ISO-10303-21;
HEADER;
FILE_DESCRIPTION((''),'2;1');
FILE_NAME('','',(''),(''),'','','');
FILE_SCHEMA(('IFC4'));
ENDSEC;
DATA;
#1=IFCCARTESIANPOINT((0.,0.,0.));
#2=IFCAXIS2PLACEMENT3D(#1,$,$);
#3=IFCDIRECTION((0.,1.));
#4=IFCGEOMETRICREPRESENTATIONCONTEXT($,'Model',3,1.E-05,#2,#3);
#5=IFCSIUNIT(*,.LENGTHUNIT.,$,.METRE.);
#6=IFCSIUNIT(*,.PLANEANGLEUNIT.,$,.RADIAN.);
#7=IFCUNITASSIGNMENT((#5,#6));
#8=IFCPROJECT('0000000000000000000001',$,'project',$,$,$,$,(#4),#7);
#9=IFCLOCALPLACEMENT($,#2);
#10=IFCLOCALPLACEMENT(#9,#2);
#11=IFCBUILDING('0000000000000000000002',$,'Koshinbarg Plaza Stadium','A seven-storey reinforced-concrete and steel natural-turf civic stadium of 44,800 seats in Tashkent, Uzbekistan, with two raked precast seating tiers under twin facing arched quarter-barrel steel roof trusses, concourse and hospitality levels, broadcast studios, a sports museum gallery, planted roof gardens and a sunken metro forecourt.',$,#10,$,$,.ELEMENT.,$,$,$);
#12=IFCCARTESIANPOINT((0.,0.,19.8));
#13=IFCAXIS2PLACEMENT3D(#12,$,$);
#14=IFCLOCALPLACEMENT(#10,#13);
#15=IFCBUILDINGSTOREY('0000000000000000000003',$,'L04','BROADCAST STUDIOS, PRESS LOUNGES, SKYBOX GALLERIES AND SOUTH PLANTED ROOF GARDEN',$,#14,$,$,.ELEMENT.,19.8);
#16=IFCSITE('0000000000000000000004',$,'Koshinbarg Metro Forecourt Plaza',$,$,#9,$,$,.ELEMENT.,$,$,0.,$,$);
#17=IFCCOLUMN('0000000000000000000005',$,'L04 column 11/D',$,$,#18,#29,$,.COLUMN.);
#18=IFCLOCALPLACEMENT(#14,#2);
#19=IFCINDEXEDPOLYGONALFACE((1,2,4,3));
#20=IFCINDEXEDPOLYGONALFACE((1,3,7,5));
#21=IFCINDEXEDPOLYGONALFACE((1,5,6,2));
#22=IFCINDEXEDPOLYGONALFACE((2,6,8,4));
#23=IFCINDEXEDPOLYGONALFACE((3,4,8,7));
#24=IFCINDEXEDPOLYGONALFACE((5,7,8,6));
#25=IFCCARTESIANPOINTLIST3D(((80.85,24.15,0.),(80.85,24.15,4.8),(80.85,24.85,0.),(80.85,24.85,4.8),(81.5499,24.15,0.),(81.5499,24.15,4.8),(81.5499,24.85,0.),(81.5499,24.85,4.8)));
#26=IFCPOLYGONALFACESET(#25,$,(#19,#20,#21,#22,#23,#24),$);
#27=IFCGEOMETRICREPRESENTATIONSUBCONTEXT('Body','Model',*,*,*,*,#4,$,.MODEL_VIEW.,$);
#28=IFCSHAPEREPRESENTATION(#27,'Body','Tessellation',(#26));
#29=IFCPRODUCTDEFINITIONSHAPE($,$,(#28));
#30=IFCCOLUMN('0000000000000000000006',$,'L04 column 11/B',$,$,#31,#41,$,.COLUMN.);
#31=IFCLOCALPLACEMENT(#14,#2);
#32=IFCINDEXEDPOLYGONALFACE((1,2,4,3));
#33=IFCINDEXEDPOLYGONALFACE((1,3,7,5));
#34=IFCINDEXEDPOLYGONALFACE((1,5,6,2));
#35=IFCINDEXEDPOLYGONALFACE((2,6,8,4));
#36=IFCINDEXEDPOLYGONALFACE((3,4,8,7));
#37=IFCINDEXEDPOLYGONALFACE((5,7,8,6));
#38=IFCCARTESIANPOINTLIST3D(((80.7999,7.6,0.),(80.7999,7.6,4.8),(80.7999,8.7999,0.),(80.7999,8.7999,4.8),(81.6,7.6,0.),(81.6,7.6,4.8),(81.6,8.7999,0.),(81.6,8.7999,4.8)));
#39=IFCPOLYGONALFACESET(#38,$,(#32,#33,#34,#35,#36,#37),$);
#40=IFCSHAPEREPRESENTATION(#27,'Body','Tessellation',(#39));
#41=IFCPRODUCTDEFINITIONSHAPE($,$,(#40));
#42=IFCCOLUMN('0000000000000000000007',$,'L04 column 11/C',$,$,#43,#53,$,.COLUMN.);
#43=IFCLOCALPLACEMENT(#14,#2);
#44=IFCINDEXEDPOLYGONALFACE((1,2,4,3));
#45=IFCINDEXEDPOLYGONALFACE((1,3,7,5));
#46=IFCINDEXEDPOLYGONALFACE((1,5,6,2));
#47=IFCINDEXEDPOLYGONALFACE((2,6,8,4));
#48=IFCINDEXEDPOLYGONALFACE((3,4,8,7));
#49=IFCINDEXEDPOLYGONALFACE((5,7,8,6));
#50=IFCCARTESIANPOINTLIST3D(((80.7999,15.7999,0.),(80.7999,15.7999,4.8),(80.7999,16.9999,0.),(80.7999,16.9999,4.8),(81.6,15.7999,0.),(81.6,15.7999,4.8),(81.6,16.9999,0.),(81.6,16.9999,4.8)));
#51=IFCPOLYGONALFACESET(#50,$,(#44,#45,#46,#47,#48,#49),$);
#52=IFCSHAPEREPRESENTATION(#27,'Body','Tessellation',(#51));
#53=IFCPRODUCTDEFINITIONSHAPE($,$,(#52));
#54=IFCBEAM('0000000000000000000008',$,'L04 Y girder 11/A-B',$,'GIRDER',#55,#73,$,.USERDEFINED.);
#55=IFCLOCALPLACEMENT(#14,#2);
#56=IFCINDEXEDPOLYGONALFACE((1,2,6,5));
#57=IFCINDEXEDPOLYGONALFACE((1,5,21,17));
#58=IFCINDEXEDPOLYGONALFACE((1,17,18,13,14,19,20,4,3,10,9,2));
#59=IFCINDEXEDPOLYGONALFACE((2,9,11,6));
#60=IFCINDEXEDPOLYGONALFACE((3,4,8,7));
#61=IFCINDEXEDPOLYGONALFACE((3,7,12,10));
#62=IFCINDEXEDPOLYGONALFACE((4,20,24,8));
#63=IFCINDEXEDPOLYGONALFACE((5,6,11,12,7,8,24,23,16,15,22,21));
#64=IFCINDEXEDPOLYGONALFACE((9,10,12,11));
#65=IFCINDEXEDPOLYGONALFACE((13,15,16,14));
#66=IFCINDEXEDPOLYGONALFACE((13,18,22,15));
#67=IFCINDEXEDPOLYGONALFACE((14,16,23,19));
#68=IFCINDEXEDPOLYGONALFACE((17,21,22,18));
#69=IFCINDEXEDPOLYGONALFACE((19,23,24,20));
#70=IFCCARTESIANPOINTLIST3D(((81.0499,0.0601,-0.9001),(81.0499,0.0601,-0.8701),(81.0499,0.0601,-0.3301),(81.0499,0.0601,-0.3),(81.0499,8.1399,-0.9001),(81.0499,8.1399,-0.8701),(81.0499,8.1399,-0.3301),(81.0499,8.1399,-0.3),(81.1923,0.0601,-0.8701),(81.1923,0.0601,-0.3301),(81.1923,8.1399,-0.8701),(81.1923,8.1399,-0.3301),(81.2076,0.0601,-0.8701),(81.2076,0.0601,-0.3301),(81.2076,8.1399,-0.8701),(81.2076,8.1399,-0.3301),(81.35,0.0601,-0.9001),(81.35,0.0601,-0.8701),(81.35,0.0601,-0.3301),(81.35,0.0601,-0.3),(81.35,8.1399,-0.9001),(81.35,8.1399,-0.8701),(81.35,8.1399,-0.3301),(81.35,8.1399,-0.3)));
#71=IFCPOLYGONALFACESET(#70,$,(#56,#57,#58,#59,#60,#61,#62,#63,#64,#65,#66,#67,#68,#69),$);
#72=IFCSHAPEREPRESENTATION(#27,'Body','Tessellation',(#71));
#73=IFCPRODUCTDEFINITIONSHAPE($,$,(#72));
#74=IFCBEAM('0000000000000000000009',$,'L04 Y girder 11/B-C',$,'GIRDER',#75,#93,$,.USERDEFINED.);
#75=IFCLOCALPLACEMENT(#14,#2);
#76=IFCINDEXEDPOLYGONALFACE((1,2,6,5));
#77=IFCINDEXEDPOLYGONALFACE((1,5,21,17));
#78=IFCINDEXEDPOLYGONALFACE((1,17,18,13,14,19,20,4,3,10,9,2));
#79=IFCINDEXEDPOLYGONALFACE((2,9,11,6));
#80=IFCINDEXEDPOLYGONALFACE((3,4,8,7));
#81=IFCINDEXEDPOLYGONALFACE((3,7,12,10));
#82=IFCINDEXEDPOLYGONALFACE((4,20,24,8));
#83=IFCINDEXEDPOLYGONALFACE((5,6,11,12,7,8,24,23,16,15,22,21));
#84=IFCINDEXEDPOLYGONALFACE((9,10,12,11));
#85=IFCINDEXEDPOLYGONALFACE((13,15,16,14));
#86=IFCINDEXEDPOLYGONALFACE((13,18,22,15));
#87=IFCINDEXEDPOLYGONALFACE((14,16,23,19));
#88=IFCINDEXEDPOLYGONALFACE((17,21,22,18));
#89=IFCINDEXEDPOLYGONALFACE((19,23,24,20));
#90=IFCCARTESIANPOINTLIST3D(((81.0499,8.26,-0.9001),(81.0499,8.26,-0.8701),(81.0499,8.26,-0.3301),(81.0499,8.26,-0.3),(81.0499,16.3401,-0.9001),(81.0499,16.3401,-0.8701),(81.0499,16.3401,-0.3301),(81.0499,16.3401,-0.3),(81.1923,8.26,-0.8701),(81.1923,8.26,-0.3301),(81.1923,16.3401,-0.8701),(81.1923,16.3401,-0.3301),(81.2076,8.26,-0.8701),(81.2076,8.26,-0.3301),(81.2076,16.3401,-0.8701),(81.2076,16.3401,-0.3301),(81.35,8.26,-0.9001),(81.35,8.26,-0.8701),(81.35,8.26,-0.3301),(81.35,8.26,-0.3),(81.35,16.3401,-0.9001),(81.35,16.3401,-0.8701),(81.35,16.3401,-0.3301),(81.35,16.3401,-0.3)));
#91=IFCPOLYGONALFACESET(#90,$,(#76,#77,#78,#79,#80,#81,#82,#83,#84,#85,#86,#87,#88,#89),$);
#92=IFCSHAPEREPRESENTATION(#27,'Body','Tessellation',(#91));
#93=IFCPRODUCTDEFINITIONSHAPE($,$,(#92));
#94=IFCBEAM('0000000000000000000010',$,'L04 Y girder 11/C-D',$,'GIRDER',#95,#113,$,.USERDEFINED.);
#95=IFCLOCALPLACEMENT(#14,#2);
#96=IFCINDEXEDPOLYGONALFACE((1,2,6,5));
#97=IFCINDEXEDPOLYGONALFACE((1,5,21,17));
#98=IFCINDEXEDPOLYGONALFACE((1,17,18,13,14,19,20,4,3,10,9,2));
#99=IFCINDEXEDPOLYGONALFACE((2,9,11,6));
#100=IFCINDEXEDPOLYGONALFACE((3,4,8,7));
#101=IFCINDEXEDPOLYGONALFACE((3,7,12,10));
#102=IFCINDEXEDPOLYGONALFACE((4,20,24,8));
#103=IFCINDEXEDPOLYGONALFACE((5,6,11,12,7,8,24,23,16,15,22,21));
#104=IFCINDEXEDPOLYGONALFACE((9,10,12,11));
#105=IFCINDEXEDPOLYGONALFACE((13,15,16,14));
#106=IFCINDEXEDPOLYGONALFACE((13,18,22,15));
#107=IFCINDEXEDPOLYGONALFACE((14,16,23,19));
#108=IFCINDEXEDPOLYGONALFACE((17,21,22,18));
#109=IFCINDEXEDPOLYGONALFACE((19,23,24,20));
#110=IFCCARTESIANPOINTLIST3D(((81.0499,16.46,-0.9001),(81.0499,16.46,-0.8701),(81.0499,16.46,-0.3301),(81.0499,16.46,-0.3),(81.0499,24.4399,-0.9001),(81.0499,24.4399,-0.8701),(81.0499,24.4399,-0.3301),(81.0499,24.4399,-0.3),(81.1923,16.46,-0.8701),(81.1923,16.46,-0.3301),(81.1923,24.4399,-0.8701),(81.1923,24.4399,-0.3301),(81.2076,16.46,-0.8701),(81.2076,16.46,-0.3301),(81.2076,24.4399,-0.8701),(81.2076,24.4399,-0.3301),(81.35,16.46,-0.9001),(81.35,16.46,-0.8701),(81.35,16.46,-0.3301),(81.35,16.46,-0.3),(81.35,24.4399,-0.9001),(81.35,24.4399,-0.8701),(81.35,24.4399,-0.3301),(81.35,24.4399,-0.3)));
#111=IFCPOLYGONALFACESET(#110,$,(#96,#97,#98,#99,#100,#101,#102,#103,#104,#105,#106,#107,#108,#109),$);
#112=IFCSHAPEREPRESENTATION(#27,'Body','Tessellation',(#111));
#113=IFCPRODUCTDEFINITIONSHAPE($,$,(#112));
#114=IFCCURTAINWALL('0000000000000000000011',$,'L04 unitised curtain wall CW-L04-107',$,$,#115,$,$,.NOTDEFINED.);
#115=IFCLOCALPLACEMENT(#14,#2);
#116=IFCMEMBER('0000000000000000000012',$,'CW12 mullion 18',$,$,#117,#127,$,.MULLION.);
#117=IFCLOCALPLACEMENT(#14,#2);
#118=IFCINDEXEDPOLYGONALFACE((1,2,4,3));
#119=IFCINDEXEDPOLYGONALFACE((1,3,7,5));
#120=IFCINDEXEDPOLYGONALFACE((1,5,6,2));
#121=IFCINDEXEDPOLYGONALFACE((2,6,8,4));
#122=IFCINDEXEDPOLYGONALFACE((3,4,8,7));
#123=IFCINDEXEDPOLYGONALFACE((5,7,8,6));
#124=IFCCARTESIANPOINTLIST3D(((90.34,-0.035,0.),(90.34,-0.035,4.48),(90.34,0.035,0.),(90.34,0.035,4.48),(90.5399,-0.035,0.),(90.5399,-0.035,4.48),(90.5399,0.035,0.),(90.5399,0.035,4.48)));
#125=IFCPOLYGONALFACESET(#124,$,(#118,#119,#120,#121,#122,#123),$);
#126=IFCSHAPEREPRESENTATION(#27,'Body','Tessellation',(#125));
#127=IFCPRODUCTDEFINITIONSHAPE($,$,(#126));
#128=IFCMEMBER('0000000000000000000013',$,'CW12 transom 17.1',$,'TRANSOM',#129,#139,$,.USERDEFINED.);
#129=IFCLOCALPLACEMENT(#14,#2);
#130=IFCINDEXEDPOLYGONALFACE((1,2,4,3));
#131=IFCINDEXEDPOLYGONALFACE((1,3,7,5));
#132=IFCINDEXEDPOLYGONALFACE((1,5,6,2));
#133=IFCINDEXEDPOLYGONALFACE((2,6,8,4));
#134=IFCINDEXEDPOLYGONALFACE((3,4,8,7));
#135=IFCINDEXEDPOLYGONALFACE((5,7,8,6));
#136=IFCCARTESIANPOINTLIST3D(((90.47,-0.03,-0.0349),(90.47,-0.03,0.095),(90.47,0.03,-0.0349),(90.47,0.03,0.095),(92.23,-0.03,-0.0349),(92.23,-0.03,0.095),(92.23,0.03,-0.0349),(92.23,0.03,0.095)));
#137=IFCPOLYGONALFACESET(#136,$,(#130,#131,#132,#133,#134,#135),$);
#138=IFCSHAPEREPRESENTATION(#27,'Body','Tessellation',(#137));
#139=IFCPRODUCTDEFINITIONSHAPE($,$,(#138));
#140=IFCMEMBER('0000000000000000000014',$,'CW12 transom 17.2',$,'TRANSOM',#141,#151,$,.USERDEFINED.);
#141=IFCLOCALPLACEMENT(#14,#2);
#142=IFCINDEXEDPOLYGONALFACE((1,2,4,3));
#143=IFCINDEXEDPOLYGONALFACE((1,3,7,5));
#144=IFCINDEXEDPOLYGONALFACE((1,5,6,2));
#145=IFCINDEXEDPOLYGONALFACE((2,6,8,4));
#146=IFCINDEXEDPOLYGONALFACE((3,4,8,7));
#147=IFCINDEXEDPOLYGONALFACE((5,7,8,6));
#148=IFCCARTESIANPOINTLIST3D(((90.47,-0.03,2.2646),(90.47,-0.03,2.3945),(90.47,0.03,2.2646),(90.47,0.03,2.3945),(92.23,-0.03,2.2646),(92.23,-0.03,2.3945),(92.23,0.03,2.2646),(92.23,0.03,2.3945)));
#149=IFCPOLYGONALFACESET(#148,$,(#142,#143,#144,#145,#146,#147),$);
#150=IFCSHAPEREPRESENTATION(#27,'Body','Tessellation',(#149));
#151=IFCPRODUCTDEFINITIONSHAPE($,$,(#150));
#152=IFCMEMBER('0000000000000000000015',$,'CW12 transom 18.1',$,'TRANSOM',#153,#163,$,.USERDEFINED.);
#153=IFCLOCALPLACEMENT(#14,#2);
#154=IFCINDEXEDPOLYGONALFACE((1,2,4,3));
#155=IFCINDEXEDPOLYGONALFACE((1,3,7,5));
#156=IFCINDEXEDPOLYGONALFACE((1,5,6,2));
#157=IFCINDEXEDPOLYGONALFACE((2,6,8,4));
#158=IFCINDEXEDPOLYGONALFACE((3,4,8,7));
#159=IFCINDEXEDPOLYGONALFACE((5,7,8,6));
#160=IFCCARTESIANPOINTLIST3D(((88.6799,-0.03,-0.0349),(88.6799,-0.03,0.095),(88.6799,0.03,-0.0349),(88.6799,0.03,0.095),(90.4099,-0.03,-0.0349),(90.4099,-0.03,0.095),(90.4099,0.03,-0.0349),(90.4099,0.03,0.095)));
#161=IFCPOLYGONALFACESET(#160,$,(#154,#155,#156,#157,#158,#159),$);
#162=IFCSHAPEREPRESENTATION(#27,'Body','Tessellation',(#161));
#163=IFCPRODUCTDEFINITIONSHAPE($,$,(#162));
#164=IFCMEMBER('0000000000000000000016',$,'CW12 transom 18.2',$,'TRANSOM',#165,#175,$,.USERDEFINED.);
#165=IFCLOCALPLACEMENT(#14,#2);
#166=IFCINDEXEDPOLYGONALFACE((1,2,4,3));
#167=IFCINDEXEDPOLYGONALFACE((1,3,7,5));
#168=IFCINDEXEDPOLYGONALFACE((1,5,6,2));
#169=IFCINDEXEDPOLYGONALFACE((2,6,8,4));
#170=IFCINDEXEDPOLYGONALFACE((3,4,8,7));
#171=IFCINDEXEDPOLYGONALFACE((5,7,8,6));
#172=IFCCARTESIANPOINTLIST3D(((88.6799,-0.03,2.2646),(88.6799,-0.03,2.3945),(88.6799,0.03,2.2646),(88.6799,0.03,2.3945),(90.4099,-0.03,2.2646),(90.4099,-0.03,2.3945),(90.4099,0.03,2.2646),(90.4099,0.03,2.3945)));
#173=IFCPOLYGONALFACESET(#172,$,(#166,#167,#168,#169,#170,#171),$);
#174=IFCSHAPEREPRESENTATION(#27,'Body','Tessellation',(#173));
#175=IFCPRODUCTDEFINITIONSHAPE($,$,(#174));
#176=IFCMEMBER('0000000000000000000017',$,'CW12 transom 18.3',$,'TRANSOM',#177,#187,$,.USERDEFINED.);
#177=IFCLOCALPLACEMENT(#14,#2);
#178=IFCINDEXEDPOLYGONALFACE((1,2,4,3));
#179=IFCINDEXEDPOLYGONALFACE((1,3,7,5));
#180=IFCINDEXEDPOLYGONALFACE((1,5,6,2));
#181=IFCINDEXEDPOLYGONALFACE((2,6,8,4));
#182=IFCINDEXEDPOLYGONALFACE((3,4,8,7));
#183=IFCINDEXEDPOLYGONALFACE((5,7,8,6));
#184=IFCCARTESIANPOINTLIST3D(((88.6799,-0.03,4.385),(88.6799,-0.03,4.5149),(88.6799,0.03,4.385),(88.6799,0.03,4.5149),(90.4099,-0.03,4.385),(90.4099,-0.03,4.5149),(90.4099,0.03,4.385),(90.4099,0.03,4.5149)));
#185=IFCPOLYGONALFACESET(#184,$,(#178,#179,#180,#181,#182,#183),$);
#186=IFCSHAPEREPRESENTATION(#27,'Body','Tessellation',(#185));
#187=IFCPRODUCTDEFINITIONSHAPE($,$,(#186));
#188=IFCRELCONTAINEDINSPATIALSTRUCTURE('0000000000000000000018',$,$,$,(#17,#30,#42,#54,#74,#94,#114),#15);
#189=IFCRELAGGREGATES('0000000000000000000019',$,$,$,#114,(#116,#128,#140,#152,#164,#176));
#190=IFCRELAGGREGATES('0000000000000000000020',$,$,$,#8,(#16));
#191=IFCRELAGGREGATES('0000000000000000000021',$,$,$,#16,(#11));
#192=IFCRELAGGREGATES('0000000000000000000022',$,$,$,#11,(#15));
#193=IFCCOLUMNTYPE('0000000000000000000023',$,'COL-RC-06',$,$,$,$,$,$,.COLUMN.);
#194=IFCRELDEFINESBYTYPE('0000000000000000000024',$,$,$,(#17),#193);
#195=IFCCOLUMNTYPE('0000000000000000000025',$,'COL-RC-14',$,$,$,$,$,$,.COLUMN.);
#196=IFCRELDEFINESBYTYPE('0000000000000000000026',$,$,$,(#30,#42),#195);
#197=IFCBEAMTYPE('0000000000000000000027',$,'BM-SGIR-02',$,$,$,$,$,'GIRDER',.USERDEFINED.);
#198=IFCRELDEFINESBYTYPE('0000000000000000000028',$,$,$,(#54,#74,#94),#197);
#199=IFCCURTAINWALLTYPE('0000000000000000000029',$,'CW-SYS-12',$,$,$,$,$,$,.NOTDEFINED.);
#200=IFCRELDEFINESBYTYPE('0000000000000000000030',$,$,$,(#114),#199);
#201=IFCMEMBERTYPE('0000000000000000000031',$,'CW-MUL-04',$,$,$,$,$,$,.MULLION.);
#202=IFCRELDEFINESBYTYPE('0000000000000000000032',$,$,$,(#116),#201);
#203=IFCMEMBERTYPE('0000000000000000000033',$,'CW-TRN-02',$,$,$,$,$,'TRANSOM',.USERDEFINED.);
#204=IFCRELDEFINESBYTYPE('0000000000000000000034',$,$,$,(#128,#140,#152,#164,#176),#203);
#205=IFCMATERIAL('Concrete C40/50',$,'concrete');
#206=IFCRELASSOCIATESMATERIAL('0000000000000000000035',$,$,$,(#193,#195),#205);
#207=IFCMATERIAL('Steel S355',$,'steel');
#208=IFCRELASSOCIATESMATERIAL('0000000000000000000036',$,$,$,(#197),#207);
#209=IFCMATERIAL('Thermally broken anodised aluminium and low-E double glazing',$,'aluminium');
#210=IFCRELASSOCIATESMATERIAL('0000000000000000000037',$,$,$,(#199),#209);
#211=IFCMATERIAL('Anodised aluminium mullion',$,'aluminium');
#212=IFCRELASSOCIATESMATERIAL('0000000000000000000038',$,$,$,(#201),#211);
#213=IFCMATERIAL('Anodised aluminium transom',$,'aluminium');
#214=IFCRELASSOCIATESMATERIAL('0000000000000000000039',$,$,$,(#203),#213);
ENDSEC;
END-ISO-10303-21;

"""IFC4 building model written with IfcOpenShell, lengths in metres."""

from ifc_helpers import new_model, si_unit, direction, frame, origin, origin_2d, place, context, subcontext, project, spatial, rectangle, i_section, extrude, material, material_profile, profile_set, type_object, element, aggregate, save


model = new_model("IFC4")

# Units and contexts
model_context = context("Model", 3, precision=1e-05, world=origin(), true_north=direction((0.0, 1.0)))
body_context = subcontext(model_context, "Body", "Model", "MODEL_VIEW")
ifc_project = project(units=[si_unit("LENGTHUNIT", "METRE"), si_unit("PLANEANGLEUNIT", "RADIAN")], contexts=[model_context])

# Site, building, storey
site_placement = place(None, origin())
site = spatial("IfcSite", under=ifc_project, at=site_placement, Name="Koshinbarg Metro Forecourt Plaza", CompositionType="ELEMENT", RefElevation=0.0)
building_placement = place(site_placement, origin())
building = spatial("IfcBuilding", under=site, at=building_placement, Name="Koshinbarg Plaza Stadium", Description="A seven-storey reinforced-concrete and steel natural-turf civic stadium of 44,800 seats in Tashkent, Uzbekistan, with two raked precast seating tiers under twin facing arched quarter-barrel steel roof trusses, concourse and hospitality levels, broadcast studios, a sports museum gallery, planted roof gardens and a sunken metro forecourt.", CompositionType="ELEMENT")
storey_placement = place(building_placement, frame((0.0, 0.0, 19.8)))
storey = spatial("IfcBuildingStorey", under=building, at=storey_placement, Name="L04", Description="BROADCAST STUDIOS, PRESS LOUNGES, SKYBOX GALLERIES AND SOUTH PLANTED ROOF GARDEN", CompositionType="ELEMENT", Elevation=19.8)

# Columns
ifc_material_1 = material(Name="Concrete C40/50", Category="concrete")
ifc_material_profile_1 = material_profile(ifc_material_1, rectangle(XDim=0.7, YDim=0.7, at=origin_2d()), Name="RC 700x700")
ifc_profile_set_1 = profile_set([ifc_material_profile_1], Name="Concrete C40/50")
column_type_1 = type_object("IfcColumnType", Name="COL-RC-06", PredefinedType="COLUMN", material=ifc_profile_set_1)
column_placement = place(storey_placement, frame((81.2, 24.5, 0.0), z_axis=(0.0, 0.0, 1.0), x_axis=(1.0, 0.0, 0.0)))
element("IfcColumn", 1, at=column_placement, inside=storey, type_object=column_type_1, Name="L04 column 11/D", PredefinedType="COLUMN", context=body_context, shape_type="SweptSolid", body=[
    extrude(rectangle(XDim=0.7, YDim=0.7, at=origin_2d()), origin(), (0.0, 0.0, 1.0), 4.8),
])
ifc_material_profile_2 = material_profile(ifc_material_1, rectangle(XDim=0.8, YDim=1.2, at=origin_2d()), Name="RC 800x1200")
ifc_profile_set_2 = profile_set([ifc_material_profile_2], Name="Concrete C40/50")
column_type_2 = type_object("IfcColumnType", Name="COL-RC-14", PredefinedType="COLUMN", material=ifc_profile_set_2)
for number, where, z_axis, x_axis, name in (
    (2, (81.2, 8.2, 0.0), (0.0, 0.0, 1.0), (1.0, 0.0, 0.0), "L04 column 11/B"),
    (3, (81.2, 16.3999, 0.0), (0.0, 0.0, 1.0), (1.0, 0.0, 0.0), "L04 column 11/C"),
):
    element("IfcColumn", number, at=place(storey_placement, frame(where, z_axis=z_axis, x_axis=x_axis)), inside=storey, type_object=column_type_2, Name=name, PredefinedType="COLUMN", context=body_context, shape_type="SweptSolid", body=[
        extrude(rectangle(XDim=0.8, YDim=1.2, at=origin_2d()), origin(), (0.0, 0.0, 1.0), 4.8),
    ])

# Beams
ifc_material_2 = material(Name="Steel S355", Category="steel")
ifc_material_profile_3 = material_profile(ifc_material_2, i_section(OverallWidth=0.3, OverallDepth=0.6001, WebThickness=0.0154, FlangeThickness=0.03, at=origin_2d()), Name="HEB 600")
ifc_profile_set_3 = profile_set([ifc_material_profile_3], Name="Steel S355")
beam_type = type_object("IfcBeamType", Name="BM-SGIR-02", ElementType="GIRDER", PredefinedType="USERDEFINED", material=ifc_profile_set_3)
beam_1_placement = place(storey_placement, frame((81.2, 0.0601, -0.6001), z_axis=(0.0, 1.0, 0.0), x_axis=(-1.0, 0.0, 0.0)))
element("IfcBeam", 4, at=beam_1_placement, inside=storey, type_object=beam_type, Name="L04 Y girder 11/A-B", ObjectType="GIRDER", PredefinedType="USERDEFINED", context=body_context, shape_type="SweptSolid", body=[
    extrude(i_section(OverallWidth=0.3, OverallDepth=0.6001, WebThickness=0.0154, FlangeThickness=0.03, at=origin_2d()), origin(), (0.0, 0.0, 1.0), 8.0798),
])
beam_2_placement = place(storey_placement, frame((81.2, 8.26, -0.6001), z_axis=(0.0, 1.0, 0.0), x_axis=(-1.0, 0.0, 0.0)))
element("IfcBeam", 5, at=beam_2_placement, inside=storey, type_object=beam_type, Name="L04 Y girder 11/B-C", ObjectType="GIRDER", PredefinedType="USERDEFINED", context=body_context, shape_type="SweptSolid", body=[
    extrude(i_section(OverallWidth=0.3, OverallDepth=0.6001, WebThickness=0.0154, FlangeThickness=0.03, at=origin_2d()), origin(), (0.0, 0.0, 1.0), 8.0801),
])
beam_3_placement = place(storey_placement, frame((81.2, 16.46, -0.6001), z_axis=(0.0, 1.0, 0.0), x_axis=(-1.0, 0.0, 0.0)))
element("IfcBeam", 6, at=beam_3_placement, inside=storey, type_object=beam_type, Name="L04 Y girder 11/C-D", ObjectType="GIRDER", PredefinedType="USERDEFINED", context=body_context, shape_type="SweptSolid", body=[
    extrude(i_section(OverallWidth=0.3, OverallDepth=0.6001, WebThickness=0.0154, FlangeThickness=0.03, at=origin_2d()), origin(), (0.0, 0.0, 1.0), 7.98),
])

# Curtain wall, members
ifc_material_3 = material(Name="Thermally broken anodised aluminium and low-E double glazing", Category="aluminium")
curtain_wall_type = type_object("IfcCurtainWallType", Name="CW-SYS-12", PredefinedType="NOTDEFINED", material=ifc_material_3)
curtain_wall_placement = place(storey_placement, origin())
curtain_wall = element("IfcCurtainWall", 7, at=curtain_wall_placement, inside=storey, type_object=curtain_wall_type, Name="L04 unitised curtain wall CW-L04-107", PredefinedType="NOTDEFINED")
ifc_material_4 = material(Name="Anodised aluminium mullion", Category="aluminium")
ifc_material_profile_4 = material_profile(ifc_material_4, rectangle(XDim=0.0701, YDim=0.2, at=origin_2d()), Name="ALU 70x200")
ifc_profile_set_4 = profile_set([ifc_material_profile_4], Name="Anodised aluminium mullion")
member_type_1 = type_object("IfcMemberType", Name="CW-MUL-04", PredefinedType="MULLION", material=ifc_profile_set_4)
member_1_placement = place(storey_placement, frame((90.4399, 0.0, 0.0), z_axis=(0.0, 0.0, 1.0), x_axis=(0.0, -1.0, 0.0)))
member_1 = element("IfcMember", 8, at=member_1_placement, type_object=member_type_1, Name="CW12 mullion 18", PredefinedType="MULLION", context=body_context, shape_type="SweptSolid", body=[
    extrude(rectangle(XDim=0.0701, YDim=0.2, at=origin_2d()), origin(), (0.0, 0.0, 1.0), 4.48),
])
ifc_material_5 = material(Name="Anodised aluminium transom", Category="aluminium")
ifc_material_profile_5 = material_profile(ifc_material_5, rectangle(XDim=0.0601, YDim=0.1299, at=origin_2d()), Name="ALU 60x130")
ifc_profile_set_5 = profile_set([ifc_material_profile_5], Name="Anodised aluminium transom")
member_type_2 = type_object("IfcMemberType", Name="CW-TRN-02", ElementType="TRANSOM", PredefinedType="USERDEFINED", material=ifc_profile_set_5)
member_2_placement = place(storey_placement, frame((92.23, 0.0, 0.03), z_axis=(-1.0, 0.0, 0.0), x_axis=(0.0, -1.0, 0.0)))
member_2 = element("IfcMember", 9, at=member_2_placement, type_object=member_type_2, Name="CW12 transom 17.1", ObjectType="TRANSOM", PredefinedType="USERDEFINED", context=body_context, shape_type="SweptSolid", body=[
    extrude(rectangle(XDim=0.0601, YDim=0.1299, at=origin_2d()), origin(), (0.0, 0.0, 1.0), 1.76),
])
member_3_placement = place(storey_placement, frame((92.23, 0.0, 2.3296), z_axis=(-1.0, 0.0, 0.0), x_axis=(0.0, -1.0, 0.0)))
member_3 = element("IfcMember", 10, at=member_3_placement, type_object=member_type_2, Name="CW12 transom 17.2", ObjectType="TRANSOM", PredefinedType="USERDEFINED", context=body_context, shape_type="SweptSolid", body=[
    extrude(rectangle(XDim=0.0601, YDim=0.1299, at=origin_2d()), origin(), (0.0, 0.0, 1.0), 1.76),
])
member_4_placement = place(storey_placement, frame((90.4099, 0.0, 0.03), z_axis=(-1.0, 0.0, 0.0), x_axis=(0.0, -1.0, 0.0)))
member_4 = element("IfcMember", 11, at=member_4_placement, type_object=member_type_2, Name="CW12 transom 18.1", ObjectType="TRANSOM", PredefinedType="USERDEFINED", context=body_context, shape_type="SweptSolid", body=[
    extrude(rectangle(XDim=0.0601, YDim=0.1299, at=origin_2d()), origin(), (0.0, 0.0, 1.0), 1.73),
])
member_5_placement = place(storey_placement, frame((90.4099, 0.0, 2.3296), z_axis=(-1.0, 0.0, 0.0), x_axis=(0.0, -1.0, 0.0)))
member_5 = element("IfcMember", 12, at=member_5_placement, type_object=member_type_2, Name="CW12 transom 18.2", ObjectType="TRANSOM", PredefinedType="USERDEFINED", context=body_context, shape_type="SweptSolid", body=[
    extrude(rectangle(XDim=0.0601, YDim=0.1299, at=origin_2d()), origin(), (0.0, 0.0, 1.0), 1.73),
])
member_6_placement = place(storey_placement, frame((90.4099, 0.0, 4.45), z_axis=(-1.0, 0.0, 0.0), x_axis=(0.0, -1.0, 0.0)))
member_6 = element("IfcMember", 13, at=member_6_placement, type_object=member_type_2, Name="CW12 transom 18.3", ObjectType="TRANSOM", PredefinedType="USERDEFINED", context=body_context, shape_type="SweptSolid", body=[
    extrude(rectangle(XDim=0.0601, YDim=0.1299, at=origin_2d()), origin(), (0.0, 0.0, 1.0), 1.73),
])
aggregate(curtain_wall, [member_1, member_2, member_3, member_4, member_5, member_6])

save(model, "model.ifc")
